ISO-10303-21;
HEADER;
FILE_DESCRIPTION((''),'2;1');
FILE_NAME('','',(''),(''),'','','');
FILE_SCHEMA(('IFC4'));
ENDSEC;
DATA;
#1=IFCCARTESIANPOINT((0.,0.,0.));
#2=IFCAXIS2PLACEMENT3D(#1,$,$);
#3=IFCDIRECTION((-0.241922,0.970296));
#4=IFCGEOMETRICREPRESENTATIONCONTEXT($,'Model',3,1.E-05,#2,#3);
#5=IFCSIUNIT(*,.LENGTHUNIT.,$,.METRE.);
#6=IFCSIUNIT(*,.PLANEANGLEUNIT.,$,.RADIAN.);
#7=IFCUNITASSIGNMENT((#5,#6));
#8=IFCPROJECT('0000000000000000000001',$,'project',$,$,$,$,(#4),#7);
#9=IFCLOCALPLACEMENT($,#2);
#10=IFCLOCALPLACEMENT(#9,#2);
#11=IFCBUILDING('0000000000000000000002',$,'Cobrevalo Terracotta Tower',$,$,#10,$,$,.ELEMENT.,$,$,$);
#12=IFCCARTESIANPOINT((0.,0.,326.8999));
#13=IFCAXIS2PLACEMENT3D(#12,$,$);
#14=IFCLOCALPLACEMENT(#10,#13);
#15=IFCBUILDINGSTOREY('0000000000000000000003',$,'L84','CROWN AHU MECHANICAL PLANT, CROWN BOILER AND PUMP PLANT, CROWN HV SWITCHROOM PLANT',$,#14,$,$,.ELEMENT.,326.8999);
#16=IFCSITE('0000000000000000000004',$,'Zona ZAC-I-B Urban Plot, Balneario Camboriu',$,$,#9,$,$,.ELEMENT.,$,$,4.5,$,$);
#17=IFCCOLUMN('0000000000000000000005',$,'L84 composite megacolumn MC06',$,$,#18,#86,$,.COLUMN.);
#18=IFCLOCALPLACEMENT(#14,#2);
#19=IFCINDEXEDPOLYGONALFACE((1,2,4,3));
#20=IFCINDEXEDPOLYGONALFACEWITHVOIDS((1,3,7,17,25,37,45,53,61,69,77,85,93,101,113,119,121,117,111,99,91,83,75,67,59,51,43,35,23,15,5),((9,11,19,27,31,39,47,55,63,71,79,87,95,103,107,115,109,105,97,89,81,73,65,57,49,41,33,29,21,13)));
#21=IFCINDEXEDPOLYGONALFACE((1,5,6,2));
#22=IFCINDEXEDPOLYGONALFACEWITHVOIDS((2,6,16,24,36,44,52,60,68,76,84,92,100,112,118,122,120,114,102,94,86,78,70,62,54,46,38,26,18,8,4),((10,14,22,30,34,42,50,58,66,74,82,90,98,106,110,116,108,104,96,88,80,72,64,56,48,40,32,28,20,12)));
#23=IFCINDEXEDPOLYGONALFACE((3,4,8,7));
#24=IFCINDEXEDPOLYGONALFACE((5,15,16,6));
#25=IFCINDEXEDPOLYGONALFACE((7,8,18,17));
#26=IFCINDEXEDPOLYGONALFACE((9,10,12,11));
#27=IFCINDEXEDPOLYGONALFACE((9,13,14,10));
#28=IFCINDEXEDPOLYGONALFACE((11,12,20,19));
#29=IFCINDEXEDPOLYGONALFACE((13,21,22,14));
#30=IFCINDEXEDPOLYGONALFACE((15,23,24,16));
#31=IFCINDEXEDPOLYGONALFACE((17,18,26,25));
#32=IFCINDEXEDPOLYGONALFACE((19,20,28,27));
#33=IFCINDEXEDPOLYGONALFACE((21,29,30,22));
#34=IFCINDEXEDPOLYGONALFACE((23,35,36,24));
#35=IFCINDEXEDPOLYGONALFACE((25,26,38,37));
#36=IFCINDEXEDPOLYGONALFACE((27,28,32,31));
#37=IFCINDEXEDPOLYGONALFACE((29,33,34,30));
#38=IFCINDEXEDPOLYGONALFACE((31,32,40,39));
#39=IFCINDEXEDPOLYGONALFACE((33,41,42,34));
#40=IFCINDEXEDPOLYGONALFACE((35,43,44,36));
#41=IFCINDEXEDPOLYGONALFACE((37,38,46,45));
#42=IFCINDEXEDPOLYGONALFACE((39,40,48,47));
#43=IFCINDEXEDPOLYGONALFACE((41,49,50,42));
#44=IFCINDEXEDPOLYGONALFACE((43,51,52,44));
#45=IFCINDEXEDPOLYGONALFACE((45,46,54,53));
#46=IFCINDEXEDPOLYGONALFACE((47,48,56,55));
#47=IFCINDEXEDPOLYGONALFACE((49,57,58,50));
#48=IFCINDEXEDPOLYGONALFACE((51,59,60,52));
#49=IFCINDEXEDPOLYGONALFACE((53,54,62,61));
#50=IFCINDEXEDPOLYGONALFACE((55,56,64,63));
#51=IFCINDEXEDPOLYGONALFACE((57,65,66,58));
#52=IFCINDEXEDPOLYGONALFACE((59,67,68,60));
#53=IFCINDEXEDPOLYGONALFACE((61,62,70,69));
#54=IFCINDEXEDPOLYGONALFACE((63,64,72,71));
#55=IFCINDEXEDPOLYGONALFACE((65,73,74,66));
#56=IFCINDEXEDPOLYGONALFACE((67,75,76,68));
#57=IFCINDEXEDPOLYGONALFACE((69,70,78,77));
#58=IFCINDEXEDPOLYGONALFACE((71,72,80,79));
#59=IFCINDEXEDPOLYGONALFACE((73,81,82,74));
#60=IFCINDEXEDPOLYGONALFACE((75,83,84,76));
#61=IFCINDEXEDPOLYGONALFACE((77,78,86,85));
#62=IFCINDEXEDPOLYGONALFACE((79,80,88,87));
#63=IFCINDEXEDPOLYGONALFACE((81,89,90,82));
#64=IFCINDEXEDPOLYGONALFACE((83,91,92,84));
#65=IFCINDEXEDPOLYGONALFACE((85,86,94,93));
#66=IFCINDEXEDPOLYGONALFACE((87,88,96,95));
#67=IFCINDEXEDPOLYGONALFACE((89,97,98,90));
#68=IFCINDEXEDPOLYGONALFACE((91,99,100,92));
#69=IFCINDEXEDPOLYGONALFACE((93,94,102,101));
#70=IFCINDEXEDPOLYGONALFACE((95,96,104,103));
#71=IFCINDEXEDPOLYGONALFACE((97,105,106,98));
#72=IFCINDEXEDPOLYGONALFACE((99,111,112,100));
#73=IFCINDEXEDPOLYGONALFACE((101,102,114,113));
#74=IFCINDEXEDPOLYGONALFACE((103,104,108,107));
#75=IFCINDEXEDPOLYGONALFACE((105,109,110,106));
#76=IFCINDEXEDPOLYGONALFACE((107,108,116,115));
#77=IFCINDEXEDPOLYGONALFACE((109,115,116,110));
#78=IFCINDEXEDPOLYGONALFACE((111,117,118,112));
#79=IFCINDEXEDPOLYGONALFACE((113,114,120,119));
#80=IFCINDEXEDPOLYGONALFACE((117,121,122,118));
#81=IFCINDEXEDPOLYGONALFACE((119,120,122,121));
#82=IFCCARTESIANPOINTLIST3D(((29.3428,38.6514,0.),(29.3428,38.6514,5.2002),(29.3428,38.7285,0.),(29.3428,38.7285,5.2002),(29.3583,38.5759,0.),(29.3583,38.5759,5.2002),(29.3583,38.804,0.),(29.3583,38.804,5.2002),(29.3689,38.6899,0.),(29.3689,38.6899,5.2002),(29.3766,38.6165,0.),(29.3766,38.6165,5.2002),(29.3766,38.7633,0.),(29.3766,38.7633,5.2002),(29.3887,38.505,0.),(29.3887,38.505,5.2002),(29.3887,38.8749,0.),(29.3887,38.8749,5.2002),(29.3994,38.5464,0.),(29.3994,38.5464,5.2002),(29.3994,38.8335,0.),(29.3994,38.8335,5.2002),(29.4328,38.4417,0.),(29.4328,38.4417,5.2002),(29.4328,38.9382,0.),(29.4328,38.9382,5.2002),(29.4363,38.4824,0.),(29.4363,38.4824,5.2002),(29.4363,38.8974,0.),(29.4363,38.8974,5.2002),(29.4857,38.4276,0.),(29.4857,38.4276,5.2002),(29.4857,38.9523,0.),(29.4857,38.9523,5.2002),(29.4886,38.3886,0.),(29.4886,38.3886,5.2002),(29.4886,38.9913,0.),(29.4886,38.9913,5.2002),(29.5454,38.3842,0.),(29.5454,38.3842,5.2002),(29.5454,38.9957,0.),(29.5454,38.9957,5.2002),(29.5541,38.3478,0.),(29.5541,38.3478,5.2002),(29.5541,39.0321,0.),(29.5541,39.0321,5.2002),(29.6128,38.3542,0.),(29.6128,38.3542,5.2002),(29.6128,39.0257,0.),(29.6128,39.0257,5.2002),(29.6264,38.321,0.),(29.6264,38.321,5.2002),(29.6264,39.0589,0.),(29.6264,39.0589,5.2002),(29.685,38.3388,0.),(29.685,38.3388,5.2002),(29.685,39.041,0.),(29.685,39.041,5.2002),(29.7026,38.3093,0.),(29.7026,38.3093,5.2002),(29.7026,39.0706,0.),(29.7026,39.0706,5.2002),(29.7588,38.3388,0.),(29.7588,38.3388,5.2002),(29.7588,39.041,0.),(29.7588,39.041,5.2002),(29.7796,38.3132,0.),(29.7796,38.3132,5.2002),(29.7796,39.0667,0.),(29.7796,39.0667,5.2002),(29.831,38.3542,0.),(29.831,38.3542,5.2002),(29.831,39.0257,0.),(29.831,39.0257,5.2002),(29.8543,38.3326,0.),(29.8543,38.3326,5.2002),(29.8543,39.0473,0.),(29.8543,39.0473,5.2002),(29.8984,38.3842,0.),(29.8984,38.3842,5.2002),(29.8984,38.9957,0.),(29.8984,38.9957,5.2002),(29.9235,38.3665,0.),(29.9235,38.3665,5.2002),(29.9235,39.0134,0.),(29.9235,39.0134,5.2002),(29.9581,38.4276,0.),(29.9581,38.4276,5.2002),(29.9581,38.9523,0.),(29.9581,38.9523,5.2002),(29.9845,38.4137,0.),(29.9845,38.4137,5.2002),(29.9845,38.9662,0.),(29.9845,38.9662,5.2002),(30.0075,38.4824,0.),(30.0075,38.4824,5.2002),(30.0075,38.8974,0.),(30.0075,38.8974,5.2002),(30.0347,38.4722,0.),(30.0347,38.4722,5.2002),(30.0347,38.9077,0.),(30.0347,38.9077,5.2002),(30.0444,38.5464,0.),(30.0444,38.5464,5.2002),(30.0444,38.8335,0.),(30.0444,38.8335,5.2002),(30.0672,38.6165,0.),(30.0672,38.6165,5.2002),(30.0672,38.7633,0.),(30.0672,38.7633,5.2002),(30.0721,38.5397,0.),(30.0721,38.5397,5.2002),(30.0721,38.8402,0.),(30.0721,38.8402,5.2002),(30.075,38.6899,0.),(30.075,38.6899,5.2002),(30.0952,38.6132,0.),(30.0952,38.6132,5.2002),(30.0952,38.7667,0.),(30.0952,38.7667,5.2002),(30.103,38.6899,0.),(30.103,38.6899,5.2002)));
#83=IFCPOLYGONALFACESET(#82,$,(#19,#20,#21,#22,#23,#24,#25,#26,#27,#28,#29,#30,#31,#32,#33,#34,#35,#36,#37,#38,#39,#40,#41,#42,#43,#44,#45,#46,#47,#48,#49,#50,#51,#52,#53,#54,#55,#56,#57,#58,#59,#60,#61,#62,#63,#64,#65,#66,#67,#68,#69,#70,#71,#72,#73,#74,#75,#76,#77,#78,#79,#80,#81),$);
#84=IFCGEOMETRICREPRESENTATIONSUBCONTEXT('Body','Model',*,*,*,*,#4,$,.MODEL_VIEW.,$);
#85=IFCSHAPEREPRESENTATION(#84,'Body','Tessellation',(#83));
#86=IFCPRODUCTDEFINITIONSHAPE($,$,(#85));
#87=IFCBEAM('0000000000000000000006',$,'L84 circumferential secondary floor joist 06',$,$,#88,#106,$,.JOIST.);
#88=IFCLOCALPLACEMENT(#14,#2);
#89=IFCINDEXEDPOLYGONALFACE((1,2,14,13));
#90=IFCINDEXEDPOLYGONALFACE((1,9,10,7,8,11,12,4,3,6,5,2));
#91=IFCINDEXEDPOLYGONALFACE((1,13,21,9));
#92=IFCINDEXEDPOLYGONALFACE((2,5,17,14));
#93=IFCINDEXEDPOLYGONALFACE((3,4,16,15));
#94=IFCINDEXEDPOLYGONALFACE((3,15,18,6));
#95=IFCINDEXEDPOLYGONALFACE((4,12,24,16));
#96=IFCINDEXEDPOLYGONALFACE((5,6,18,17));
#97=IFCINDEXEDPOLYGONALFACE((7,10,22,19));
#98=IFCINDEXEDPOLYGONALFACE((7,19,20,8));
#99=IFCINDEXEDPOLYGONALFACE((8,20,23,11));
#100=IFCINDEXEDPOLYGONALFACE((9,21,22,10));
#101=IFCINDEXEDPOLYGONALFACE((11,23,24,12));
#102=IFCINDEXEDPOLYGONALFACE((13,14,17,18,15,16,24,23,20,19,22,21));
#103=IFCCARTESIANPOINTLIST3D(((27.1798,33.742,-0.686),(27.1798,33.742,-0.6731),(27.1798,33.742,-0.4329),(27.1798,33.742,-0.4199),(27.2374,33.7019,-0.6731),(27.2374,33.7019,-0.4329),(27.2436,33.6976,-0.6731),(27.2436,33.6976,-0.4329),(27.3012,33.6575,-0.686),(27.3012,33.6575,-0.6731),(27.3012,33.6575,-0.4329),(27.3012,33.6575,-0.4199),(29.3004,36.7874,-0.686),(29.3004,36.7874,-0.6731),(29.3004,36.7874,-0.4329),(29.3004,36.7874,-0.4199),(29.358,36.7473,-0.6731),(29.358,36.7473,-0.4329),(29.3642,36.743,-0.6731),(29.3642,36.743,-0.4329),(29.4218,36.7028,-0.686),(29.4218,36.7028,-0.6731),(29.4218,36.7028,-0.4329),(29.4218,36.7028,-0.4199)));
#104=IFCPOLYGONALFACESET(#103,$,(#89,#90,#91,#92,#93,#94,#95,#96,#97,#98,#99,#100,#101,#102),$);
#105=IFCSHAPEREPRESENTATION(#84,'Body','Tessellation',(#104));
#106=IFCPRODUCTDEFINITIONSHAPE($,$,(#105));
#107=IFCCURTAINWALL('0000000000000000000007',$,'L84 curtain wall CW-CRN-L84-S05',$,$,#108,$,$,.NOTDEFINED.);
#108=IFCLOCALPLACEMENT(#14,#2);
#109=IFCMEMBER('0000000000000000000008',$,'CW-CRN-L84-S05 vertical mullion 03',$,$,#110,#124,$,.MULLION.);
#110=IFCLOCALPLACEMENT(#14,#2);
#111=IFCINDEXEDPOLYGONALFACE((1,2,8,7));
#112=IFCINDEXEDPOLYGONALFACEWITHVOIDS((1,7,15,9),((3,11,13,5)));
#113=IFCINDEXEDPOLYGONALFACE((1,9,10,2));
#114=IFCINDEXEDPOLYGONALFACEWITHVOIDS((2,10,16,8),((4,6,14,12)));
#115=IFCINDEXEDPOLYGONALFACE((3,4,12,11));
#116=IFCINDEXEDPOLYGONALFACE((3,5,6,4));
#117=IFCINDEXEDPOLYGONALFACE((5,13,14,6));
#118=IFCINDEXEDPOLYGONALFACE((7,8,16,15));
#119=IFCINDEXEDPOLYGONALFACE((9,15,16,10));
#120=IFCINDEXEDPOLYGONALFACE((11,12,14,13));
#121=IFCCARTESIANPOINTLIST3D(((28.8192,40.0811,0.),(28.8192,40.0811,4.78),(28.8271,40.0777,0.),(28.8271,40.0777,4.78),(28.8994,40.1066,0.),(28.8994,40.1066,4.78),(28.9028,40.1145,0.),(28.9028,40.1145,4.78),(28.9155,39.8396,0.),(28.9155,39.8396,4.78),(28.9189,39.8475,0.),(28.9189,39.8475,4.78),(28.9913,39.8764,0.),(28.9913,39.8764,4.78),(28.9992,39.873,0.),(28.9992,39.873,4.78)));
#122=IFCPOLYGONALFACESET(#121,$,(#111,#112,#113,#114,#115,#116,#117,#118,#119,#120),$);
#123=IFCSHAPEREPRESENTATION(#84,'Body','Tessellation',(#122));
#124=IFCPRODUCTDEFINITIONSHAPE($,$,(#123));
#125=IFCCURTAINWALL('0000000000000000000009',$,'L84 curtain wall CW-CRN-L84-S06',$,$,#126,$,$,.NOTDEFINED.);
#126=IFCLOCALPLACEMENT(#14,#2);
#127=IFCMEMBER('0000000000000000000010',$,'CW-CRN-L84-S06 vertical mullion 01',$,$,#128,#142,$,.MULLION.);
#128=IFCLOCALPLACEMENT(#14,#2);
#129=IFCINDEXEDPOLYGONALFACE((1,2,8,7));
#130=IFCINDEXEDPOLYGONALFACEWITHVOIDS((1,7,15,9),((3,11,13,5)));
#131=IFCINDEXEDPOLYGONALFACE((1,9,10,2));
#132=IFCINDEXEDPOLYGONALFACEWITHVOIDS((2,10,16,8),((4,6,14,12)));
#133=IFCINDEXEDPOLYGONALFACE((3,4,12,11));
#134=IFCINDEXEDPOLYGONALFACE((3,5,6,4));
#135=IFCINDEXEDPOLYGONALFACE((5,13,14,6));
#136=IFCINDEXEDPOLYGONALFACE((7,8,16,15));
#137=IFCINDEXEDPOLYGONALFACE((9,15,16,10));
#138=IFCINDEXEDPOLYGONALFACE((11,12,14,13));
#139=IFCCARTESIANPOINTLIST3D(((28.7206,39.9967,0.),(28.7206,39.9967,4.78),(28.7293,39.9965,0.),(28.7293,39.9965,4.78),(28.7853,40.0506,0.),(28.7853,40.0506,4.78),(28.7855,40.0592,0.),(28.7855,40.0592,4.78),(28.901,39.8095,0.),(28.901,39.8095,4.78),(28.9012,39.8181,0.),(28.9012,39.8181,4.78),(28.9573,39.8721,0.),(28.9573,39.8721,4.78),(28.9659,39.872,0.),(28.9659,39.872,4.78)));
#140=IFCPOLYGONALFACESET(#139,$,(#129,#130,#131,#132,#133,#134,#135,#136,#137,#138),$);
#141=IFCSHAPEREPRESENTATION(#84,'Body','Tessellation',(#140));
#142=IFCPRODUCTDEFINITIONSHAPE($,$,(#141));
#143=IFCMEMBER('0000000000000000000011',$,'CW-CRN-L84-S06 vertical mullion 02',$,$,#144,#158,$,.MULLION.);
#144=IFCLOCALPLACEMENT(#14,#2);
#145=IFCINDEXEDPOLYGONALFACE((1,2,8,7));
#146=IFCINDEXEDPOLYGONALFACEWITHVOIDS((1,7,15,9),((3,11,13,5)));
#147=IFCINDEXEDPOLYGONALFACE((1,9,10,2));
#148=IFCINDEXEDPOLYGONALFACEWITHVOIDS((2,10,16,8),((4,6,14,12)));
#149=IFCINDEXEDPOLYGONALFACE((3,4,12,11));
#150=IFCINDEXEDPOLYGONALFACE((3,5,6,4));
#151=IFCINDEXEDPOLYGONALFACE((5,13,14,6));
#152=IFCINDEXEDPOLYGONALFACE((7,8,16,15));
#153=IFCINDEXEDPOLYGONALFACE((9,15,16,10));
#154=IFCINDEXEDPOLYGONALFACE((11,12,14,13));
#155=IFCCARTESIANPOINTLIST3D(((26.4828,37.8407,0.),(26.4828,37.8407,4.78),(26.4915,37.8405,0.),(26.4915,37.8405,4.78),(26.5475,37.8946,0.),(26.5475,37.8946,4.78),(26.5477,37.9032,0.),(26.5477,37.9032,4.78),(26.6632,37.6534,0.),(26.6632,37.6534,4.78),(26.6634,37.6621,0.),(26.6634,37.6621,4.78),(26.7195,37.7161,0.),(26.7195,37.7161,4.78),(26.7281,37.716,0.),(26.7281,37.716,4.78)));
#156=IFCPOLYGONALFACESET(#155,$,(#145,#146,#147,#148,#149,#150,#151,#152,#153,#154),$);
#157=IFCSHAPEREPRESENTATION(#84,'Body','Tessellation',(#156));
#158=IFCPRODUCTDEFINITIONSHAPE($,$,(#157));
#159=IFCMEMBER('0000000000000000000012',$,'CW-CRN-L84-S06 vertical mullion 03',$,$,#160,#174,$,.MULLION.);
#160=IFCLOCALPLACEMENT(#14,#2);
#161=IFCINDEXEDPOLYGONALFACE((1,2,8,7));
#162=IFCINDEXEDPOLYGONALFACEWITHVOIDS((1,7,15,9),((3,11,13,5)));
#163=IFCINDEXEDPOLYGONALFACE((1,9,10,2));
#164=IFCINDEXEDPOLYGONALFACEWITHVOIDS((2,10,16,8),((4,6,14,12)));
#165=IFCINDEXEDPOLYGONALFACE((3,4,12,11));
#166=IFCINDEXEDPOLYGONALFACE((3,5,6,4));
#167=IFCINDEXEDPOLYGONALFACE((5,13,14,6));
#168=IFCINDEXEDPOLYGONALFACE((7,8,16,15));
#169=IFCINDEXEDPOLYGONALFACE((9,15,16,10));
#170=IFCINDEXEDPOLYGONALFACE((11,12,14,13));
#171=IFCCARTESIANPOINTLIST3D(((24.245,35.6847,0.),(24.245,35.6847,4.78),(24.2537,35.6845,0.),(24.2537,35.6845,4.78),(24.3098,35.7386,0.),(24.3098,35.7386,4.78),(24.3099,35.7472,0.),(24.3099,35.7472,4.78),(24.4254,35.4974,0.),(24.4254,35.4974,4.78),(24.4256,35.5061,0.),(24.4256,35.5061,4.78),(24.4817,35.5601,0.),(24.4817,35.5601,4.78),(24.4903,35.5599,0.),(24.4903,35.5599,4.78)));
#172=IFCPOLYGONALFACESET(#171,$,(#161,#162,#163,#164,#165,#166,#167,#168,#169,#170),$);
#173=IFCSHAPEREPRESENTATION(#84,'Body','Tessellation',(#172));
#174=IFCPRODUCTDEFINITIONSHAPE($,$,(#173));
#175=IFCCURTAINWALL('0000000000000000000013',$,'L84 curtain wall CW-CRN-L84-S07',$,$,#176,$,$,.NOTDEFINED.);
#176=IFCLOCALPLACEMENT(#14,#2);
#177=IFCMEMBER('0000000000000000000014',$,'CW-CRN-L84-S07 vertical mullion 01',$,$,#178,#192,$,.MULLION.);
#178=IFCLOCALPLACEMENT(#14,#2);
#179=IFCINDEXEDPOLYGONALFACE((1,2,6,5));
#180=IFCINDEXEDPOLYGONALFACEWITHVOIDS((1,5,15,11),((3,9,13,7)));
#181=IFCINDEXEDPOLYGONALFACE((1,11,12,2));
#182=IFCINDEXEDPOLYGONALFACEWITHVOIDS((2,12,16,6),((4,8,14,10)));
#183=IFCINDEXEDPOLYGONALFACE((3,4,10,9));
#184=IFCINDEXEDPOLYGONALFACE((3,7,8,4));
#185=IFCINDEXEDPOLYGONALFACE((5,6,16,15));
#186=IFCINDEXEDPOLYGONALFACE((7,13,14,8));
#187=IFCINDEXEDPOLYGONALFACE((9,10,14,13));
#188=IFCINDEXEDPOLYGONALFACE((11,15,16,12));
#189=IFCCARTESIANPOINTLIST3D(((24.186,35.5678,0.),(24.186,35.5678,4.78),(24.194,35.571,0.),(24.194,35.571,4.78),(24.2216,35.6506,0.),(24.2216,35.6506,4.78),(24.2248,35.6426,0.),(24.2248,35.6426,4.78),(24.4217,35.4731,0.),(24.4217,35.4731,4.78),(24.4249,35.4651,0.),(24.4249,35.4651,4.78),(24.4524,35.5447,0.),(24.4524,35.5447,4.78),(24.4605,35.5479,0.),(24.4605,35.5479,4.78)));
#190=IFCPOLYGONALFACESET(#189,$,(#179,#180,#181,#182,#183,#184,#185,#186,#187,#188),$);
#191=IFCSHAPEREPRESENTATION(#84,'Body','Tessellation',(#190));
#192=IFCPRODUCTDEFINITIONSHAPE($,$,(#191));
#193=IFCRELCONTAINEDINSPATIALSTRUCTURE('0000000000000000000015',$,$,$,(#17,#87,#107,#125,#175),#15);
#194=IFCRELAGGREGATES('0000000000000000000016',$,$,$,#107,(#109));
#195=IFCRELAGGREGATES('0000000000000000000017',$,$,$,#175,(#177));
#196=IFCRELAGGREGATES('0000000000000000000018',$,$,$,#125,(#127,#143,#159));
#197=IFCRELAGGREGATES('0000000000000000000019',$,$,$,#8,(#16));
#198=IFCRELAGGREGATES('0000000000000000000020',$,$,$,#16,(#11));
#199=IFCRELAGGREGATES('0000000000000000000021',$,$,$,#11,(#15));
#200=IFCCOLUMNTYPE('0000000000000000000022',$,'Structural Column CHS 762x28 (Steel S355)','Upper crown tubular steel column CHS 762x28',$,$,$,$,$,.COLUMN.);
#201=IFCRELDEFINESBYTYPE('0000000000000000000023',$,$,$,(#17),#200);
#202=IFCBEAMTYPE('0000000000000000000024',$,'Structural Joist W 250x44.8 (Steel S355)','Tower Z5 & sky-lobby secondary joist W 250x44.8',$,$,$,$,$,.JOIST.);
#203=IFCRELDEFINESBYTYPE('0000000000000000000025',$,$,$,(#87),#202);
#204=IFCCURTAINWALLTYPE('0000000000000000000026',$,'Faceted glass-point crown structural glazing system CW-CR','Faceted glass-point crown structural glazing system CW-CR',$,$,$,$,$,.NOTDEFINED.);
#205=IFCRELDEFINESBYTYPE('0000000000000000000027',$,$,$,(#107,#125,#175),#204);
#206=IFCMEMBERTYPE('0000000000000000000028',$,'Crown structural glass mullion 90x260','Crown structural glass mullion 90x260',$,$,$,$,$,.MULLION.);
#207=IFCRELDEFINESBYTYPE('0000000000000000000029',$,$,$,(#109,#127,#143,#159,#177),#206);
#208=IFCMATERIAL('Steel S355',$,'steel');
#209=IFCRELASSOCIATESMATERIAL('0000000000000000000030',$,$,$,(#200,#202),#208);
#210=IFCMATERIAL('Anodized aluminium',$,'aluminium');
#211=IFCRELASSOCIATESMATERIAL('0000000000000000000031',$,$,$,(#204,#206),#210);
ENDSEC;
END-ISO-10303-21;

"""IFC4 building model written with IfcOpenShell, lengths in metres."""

from ifc_helpers import new_model, si_unit, direction, frame, origin, origin_2d, place, context, subcontext, project, spatial, hollow_rectangle, hollow_circle, i_section, extrude, source, transform, mapped, material, material_profile, profile_set, type_object, element, aggregate, save


model = new_model("IFC4")

# Units and contexts
model_context = context("Model", 3, precision=1e-05, world=origin(), true_north=direction((-0.241922, 0.970296)))
body_context = subcontext(model_context, "Body", "Model", "MODEL_VIEW")
ifc_project = project(units=[si_unit("LENGTHUNIT", "METRE"), si_unit("PLANEANGLEUNIT", "RADIAN")], contexts=[model_context])

# Site, building, storey
site_placement = place(None, origin())
site = spatial("IfcSite", under=ifc_project, at=site_placement, Name="Zona ZAC-I-B Urban Plot, Balneario Camboriu", CompositionType="ELEMENT", RefElevation=4.5)
building_placement = place(site_placement, origin())
building = spatial("IfcBuilding", under=site, at=building_placement, Name="Cobrevalo Terracotta Tower", CompositionType="ELEMENT")
storey_placement = place(building_placement, frame((0.0, 0.0, 326.8999)))
storey = spatial("IfcBuildingStorey", under=building, at=storey_placement, Name="L84", Description="CROWN AHU MECHANICAL PLANT, CROWN BOILER AND PUMP PLANT, CROWN HV SWITCHROOM PLANT", CompositionType="ELEMENT", Elevation=326.8999)

# Column
ifc_material_1 = material(Name="Steel S355", Category="steel")
ifc_material_profile_1 = material_profile(ifc_material_1, hollow_circle(Radius=0.3811, WallThickness=0.0281, at=origin_2d()), Name="CHS 762x28")
ifc_profile_set_1 = profile_set([ifc_material_profile_1], Name="Steel S355")
column_type = type_object("IfcColumnType", Name="Structural Column CHS 762x28 (Steel S355)", Description="Upper crown tubular steel column CHS 762x28", PredefinedType="COLUMN", material=ifc_profile_set_1)
column_placement = place(storey_placement, frame((29.7219, 38.6899, 0.0), z_axis=(0.0, 0.0, 1.0), x_axis=(1.0, 0.0, 0.0)))
element("IfcColumn", 1, at=column_placement, inside=storey, type_object=column_type, Name="L84 composite megacolumn MC06", PredefinedType="COLUMN", context=body_context, shape_type="SweptSolid", body=[
    extrude(hollow_circle(Radius=0.3811, WallThickness=0.0281, at=origin_2d()), origin(), (0.0, 0.0, 1.0), 5.2002),
])

# Beam
ifc_material_profile_2 = material_profile(ifc_material_1, i_section(OverallWidth=0.1479, OverallDepth=0.2661, WebThickness=0.0076, FlangeThickness=0.0129, at=origin_2d()), Name="W 250x44.8")
ifc_profile_set_2 = profile_set([ifc_material_profile_2], Name="Steel S355")
beam_type = type_object("IfcBeamType", Name="Structural Joist W 250x44.8 (Steel S355)", Description="Tower Z5 & sky-lobby secondary joist W 250x44.8", PredefinedType="JOIST", material=ifc_profile_set_2)
beam_placement = place(storey_placement, frame((29.3611, 36.7451, -0.553), z_axis=(-0.571438, -0.820645, 0.0), x_axis=(0.820645, -0.571438, 0.0)))
element("IfcBeam", 2, at=beam_placement, inside=storey, type_object=beam_type, Name="L84 circumferential secondary floor joist 06", PredefinedType="JOIST", context=body_context, shape_type="SweptSolid", body=[
    extrude(i_section(OverallWidth=0.1479, OverallDepth=0.2661, WebThickness=0.0076, FlangeThickness=0.0129, at=origin_2d()), origin(), (0.0, 0.0, 1.0), 3.7109),
])

# Curtain wall, member
ifc_material_2 = material(Name="Anodized aluminium", Category="aluminium")
curtain_wall_type = type_object("IfcCurtainWallType", Name="Faceted glass-point crown structural glazing system CW-CR", Description="Faceted glass-point crown structural glazing system CW-CR", PredefinedType="NOTDEFINED", material=ifc_material_2)
curtain_wall_1_placement = place(storey_placement, origin())
curtain_wall_1 = element("IfcCurtainWall", 3, at=curtain_wall_1_placement, inside=storey, type_object=curtain_wall_type, Name="L84 curtain wall CW-CRN-L84-S05", PredefinedType="NOTDEFINED")
ifc_material_profile_3 = material_profile(ifc_material_2, hollow_rectangle(XDim=0.0901, YDim=0.26, WallThickness=0.0061, at=origin_2d()), Name="CWM 90x260")
ifc_profile_set_3 = profile_set([ifc_material_profile_3], Name="Anodized aluminium")
member_type_1 = type_object("IfcMemberType", Name="Crown structural glass mullion 90x260", Description="Crown structural glass mullion 90x260", PredefinedType="MULLION", material=ifc_profile_set_3)
shared_shape_1 = source(origin(), body_context, "Body", "SweptSolid", [
    extrude(hollow_rectangle(XDim=0.0901, YDim=0.26, WallThickness=0.0061, at=origin_2d()), origin(), (0.0, 0.0, 1.0), 4.78),
])
member_1_placement = place(storey_placement, frame((28.9092, 39.9771, 0.0), z_axis=(0.0, 0.0, 1.0), x_axis=(-0.928771, -0.370655, 0.0)))
member_1 = element("IfcMember", 4, at=member_1_placement, type_object=member_type_1, Name="CW-CRN-L84-S05 vertical mullion 03", PredefinedType="MULLION", context=body_context, shape_type="MappedRepresentation", body=[
    mapped(shared_shape_1, transform((0.0, 0.0, 0.0), scale=1.0)),
])
aggregate(curtain_wall_1, [member_1])

# Curtain walls, members
curtain_wall_2_placement = place(storey_placement, origin())
curtain_wall_2 = element("IfcCurtainWall", 5, at=curtain_wall_2_placement, inside=storey, type_object=curtain_wall_type, Name="L84 curtain wall CW-CRN-L84-S06", PredefinedType="NOTDEFINED")
member_2_placement = place(storey_placement, frame((28.8433, 39.9343, 0.0), z_axis=(0.0, 0.0, 1.0), x_axis=(-0.72014, -0.693829, 0.0)))
member_2 = element("IfcMember", 6, at=member_2_placement, type_object=member_type_1, Name="CW-CRN-L84-S06 vertical mullion 01", PredefinedType="MULLION", context=body_context, shape_type="MappedRepresentation", body=[
    mapped(shared_shape_1, transform((0.0, 0.0, 0.0), scale=1.0)),
])
member_3_placement = place(storey_placement, frame((26.6055, 37.7783, 0.0), z_axis=(0.0, 0.0, 1.0), x_axis=(-0.72014, -0.693829, 0.0)))
member_3 = element("IfcMember", 7, at=member_3_placement, type_object=member_type_1, Name="CW-CRN-L84-S06 vertical mullion 02", PredefinedType="MULLION", context=body_context, shape_type="MappedRepresentation", body=[
    mapped(shared_shape_1, transform((0.0, 0.0, 0.0), scale=1.0)),
])
member_4_placement = place(storey_placement, frame((24.3677, 35.6223, 0.0), z_axis=(0.0, 0.0, 1.0), x_axis=(-0.72014, -0.693829, 0.0)))
member_4 = element("IfcMember", 8, at=member_4_placement, type_object=member_type_1, Name="CW-CRN-L84-S06 vertical mullion 03", PredefinedType="MULLION", context=body_context, shape_type="MappedRepresentation", body=[
    mapped(shared_shape_1, transform((0.0, 0.0, 0.0), scale=1.0)),
])
curtain_wall_3_placement = place(storey_placement, origin())
curtain_wall_3 = element("IfcCurtainWall", 9, at=curtain_wall_3_placement, inside=storey, type_object=curtain_wall_type, Name="L84 curtain wall CW-CRN-L84-S07", PredefinedType="NOTDEFINED")
member_5_placement = place(storey_placement, frame((24.3232, 35.5579, 0.0), z_axis=(0.0, 0.0, 1.0), x_axis=(-0.394968, -0.918695, 0.0)))
member_5 = element("IfcMember", 10, at=member_5_placement, type_object=member_type_1, Name="CW-CRN-L84-S07 vertical mullion 01", PredefinedType="MULLION", context=body_context, shape_type="MappedRepresentation", body=[
    mapped(shared_shape_1, transform((0.0, 0.0, 0.0), scale=1.0)),
])
aggregate(curtain_wall_3, [member_5])

aggregate(curtain_wall_2, [member_2, member_3, member_4])

save(model, "model.ifc")
